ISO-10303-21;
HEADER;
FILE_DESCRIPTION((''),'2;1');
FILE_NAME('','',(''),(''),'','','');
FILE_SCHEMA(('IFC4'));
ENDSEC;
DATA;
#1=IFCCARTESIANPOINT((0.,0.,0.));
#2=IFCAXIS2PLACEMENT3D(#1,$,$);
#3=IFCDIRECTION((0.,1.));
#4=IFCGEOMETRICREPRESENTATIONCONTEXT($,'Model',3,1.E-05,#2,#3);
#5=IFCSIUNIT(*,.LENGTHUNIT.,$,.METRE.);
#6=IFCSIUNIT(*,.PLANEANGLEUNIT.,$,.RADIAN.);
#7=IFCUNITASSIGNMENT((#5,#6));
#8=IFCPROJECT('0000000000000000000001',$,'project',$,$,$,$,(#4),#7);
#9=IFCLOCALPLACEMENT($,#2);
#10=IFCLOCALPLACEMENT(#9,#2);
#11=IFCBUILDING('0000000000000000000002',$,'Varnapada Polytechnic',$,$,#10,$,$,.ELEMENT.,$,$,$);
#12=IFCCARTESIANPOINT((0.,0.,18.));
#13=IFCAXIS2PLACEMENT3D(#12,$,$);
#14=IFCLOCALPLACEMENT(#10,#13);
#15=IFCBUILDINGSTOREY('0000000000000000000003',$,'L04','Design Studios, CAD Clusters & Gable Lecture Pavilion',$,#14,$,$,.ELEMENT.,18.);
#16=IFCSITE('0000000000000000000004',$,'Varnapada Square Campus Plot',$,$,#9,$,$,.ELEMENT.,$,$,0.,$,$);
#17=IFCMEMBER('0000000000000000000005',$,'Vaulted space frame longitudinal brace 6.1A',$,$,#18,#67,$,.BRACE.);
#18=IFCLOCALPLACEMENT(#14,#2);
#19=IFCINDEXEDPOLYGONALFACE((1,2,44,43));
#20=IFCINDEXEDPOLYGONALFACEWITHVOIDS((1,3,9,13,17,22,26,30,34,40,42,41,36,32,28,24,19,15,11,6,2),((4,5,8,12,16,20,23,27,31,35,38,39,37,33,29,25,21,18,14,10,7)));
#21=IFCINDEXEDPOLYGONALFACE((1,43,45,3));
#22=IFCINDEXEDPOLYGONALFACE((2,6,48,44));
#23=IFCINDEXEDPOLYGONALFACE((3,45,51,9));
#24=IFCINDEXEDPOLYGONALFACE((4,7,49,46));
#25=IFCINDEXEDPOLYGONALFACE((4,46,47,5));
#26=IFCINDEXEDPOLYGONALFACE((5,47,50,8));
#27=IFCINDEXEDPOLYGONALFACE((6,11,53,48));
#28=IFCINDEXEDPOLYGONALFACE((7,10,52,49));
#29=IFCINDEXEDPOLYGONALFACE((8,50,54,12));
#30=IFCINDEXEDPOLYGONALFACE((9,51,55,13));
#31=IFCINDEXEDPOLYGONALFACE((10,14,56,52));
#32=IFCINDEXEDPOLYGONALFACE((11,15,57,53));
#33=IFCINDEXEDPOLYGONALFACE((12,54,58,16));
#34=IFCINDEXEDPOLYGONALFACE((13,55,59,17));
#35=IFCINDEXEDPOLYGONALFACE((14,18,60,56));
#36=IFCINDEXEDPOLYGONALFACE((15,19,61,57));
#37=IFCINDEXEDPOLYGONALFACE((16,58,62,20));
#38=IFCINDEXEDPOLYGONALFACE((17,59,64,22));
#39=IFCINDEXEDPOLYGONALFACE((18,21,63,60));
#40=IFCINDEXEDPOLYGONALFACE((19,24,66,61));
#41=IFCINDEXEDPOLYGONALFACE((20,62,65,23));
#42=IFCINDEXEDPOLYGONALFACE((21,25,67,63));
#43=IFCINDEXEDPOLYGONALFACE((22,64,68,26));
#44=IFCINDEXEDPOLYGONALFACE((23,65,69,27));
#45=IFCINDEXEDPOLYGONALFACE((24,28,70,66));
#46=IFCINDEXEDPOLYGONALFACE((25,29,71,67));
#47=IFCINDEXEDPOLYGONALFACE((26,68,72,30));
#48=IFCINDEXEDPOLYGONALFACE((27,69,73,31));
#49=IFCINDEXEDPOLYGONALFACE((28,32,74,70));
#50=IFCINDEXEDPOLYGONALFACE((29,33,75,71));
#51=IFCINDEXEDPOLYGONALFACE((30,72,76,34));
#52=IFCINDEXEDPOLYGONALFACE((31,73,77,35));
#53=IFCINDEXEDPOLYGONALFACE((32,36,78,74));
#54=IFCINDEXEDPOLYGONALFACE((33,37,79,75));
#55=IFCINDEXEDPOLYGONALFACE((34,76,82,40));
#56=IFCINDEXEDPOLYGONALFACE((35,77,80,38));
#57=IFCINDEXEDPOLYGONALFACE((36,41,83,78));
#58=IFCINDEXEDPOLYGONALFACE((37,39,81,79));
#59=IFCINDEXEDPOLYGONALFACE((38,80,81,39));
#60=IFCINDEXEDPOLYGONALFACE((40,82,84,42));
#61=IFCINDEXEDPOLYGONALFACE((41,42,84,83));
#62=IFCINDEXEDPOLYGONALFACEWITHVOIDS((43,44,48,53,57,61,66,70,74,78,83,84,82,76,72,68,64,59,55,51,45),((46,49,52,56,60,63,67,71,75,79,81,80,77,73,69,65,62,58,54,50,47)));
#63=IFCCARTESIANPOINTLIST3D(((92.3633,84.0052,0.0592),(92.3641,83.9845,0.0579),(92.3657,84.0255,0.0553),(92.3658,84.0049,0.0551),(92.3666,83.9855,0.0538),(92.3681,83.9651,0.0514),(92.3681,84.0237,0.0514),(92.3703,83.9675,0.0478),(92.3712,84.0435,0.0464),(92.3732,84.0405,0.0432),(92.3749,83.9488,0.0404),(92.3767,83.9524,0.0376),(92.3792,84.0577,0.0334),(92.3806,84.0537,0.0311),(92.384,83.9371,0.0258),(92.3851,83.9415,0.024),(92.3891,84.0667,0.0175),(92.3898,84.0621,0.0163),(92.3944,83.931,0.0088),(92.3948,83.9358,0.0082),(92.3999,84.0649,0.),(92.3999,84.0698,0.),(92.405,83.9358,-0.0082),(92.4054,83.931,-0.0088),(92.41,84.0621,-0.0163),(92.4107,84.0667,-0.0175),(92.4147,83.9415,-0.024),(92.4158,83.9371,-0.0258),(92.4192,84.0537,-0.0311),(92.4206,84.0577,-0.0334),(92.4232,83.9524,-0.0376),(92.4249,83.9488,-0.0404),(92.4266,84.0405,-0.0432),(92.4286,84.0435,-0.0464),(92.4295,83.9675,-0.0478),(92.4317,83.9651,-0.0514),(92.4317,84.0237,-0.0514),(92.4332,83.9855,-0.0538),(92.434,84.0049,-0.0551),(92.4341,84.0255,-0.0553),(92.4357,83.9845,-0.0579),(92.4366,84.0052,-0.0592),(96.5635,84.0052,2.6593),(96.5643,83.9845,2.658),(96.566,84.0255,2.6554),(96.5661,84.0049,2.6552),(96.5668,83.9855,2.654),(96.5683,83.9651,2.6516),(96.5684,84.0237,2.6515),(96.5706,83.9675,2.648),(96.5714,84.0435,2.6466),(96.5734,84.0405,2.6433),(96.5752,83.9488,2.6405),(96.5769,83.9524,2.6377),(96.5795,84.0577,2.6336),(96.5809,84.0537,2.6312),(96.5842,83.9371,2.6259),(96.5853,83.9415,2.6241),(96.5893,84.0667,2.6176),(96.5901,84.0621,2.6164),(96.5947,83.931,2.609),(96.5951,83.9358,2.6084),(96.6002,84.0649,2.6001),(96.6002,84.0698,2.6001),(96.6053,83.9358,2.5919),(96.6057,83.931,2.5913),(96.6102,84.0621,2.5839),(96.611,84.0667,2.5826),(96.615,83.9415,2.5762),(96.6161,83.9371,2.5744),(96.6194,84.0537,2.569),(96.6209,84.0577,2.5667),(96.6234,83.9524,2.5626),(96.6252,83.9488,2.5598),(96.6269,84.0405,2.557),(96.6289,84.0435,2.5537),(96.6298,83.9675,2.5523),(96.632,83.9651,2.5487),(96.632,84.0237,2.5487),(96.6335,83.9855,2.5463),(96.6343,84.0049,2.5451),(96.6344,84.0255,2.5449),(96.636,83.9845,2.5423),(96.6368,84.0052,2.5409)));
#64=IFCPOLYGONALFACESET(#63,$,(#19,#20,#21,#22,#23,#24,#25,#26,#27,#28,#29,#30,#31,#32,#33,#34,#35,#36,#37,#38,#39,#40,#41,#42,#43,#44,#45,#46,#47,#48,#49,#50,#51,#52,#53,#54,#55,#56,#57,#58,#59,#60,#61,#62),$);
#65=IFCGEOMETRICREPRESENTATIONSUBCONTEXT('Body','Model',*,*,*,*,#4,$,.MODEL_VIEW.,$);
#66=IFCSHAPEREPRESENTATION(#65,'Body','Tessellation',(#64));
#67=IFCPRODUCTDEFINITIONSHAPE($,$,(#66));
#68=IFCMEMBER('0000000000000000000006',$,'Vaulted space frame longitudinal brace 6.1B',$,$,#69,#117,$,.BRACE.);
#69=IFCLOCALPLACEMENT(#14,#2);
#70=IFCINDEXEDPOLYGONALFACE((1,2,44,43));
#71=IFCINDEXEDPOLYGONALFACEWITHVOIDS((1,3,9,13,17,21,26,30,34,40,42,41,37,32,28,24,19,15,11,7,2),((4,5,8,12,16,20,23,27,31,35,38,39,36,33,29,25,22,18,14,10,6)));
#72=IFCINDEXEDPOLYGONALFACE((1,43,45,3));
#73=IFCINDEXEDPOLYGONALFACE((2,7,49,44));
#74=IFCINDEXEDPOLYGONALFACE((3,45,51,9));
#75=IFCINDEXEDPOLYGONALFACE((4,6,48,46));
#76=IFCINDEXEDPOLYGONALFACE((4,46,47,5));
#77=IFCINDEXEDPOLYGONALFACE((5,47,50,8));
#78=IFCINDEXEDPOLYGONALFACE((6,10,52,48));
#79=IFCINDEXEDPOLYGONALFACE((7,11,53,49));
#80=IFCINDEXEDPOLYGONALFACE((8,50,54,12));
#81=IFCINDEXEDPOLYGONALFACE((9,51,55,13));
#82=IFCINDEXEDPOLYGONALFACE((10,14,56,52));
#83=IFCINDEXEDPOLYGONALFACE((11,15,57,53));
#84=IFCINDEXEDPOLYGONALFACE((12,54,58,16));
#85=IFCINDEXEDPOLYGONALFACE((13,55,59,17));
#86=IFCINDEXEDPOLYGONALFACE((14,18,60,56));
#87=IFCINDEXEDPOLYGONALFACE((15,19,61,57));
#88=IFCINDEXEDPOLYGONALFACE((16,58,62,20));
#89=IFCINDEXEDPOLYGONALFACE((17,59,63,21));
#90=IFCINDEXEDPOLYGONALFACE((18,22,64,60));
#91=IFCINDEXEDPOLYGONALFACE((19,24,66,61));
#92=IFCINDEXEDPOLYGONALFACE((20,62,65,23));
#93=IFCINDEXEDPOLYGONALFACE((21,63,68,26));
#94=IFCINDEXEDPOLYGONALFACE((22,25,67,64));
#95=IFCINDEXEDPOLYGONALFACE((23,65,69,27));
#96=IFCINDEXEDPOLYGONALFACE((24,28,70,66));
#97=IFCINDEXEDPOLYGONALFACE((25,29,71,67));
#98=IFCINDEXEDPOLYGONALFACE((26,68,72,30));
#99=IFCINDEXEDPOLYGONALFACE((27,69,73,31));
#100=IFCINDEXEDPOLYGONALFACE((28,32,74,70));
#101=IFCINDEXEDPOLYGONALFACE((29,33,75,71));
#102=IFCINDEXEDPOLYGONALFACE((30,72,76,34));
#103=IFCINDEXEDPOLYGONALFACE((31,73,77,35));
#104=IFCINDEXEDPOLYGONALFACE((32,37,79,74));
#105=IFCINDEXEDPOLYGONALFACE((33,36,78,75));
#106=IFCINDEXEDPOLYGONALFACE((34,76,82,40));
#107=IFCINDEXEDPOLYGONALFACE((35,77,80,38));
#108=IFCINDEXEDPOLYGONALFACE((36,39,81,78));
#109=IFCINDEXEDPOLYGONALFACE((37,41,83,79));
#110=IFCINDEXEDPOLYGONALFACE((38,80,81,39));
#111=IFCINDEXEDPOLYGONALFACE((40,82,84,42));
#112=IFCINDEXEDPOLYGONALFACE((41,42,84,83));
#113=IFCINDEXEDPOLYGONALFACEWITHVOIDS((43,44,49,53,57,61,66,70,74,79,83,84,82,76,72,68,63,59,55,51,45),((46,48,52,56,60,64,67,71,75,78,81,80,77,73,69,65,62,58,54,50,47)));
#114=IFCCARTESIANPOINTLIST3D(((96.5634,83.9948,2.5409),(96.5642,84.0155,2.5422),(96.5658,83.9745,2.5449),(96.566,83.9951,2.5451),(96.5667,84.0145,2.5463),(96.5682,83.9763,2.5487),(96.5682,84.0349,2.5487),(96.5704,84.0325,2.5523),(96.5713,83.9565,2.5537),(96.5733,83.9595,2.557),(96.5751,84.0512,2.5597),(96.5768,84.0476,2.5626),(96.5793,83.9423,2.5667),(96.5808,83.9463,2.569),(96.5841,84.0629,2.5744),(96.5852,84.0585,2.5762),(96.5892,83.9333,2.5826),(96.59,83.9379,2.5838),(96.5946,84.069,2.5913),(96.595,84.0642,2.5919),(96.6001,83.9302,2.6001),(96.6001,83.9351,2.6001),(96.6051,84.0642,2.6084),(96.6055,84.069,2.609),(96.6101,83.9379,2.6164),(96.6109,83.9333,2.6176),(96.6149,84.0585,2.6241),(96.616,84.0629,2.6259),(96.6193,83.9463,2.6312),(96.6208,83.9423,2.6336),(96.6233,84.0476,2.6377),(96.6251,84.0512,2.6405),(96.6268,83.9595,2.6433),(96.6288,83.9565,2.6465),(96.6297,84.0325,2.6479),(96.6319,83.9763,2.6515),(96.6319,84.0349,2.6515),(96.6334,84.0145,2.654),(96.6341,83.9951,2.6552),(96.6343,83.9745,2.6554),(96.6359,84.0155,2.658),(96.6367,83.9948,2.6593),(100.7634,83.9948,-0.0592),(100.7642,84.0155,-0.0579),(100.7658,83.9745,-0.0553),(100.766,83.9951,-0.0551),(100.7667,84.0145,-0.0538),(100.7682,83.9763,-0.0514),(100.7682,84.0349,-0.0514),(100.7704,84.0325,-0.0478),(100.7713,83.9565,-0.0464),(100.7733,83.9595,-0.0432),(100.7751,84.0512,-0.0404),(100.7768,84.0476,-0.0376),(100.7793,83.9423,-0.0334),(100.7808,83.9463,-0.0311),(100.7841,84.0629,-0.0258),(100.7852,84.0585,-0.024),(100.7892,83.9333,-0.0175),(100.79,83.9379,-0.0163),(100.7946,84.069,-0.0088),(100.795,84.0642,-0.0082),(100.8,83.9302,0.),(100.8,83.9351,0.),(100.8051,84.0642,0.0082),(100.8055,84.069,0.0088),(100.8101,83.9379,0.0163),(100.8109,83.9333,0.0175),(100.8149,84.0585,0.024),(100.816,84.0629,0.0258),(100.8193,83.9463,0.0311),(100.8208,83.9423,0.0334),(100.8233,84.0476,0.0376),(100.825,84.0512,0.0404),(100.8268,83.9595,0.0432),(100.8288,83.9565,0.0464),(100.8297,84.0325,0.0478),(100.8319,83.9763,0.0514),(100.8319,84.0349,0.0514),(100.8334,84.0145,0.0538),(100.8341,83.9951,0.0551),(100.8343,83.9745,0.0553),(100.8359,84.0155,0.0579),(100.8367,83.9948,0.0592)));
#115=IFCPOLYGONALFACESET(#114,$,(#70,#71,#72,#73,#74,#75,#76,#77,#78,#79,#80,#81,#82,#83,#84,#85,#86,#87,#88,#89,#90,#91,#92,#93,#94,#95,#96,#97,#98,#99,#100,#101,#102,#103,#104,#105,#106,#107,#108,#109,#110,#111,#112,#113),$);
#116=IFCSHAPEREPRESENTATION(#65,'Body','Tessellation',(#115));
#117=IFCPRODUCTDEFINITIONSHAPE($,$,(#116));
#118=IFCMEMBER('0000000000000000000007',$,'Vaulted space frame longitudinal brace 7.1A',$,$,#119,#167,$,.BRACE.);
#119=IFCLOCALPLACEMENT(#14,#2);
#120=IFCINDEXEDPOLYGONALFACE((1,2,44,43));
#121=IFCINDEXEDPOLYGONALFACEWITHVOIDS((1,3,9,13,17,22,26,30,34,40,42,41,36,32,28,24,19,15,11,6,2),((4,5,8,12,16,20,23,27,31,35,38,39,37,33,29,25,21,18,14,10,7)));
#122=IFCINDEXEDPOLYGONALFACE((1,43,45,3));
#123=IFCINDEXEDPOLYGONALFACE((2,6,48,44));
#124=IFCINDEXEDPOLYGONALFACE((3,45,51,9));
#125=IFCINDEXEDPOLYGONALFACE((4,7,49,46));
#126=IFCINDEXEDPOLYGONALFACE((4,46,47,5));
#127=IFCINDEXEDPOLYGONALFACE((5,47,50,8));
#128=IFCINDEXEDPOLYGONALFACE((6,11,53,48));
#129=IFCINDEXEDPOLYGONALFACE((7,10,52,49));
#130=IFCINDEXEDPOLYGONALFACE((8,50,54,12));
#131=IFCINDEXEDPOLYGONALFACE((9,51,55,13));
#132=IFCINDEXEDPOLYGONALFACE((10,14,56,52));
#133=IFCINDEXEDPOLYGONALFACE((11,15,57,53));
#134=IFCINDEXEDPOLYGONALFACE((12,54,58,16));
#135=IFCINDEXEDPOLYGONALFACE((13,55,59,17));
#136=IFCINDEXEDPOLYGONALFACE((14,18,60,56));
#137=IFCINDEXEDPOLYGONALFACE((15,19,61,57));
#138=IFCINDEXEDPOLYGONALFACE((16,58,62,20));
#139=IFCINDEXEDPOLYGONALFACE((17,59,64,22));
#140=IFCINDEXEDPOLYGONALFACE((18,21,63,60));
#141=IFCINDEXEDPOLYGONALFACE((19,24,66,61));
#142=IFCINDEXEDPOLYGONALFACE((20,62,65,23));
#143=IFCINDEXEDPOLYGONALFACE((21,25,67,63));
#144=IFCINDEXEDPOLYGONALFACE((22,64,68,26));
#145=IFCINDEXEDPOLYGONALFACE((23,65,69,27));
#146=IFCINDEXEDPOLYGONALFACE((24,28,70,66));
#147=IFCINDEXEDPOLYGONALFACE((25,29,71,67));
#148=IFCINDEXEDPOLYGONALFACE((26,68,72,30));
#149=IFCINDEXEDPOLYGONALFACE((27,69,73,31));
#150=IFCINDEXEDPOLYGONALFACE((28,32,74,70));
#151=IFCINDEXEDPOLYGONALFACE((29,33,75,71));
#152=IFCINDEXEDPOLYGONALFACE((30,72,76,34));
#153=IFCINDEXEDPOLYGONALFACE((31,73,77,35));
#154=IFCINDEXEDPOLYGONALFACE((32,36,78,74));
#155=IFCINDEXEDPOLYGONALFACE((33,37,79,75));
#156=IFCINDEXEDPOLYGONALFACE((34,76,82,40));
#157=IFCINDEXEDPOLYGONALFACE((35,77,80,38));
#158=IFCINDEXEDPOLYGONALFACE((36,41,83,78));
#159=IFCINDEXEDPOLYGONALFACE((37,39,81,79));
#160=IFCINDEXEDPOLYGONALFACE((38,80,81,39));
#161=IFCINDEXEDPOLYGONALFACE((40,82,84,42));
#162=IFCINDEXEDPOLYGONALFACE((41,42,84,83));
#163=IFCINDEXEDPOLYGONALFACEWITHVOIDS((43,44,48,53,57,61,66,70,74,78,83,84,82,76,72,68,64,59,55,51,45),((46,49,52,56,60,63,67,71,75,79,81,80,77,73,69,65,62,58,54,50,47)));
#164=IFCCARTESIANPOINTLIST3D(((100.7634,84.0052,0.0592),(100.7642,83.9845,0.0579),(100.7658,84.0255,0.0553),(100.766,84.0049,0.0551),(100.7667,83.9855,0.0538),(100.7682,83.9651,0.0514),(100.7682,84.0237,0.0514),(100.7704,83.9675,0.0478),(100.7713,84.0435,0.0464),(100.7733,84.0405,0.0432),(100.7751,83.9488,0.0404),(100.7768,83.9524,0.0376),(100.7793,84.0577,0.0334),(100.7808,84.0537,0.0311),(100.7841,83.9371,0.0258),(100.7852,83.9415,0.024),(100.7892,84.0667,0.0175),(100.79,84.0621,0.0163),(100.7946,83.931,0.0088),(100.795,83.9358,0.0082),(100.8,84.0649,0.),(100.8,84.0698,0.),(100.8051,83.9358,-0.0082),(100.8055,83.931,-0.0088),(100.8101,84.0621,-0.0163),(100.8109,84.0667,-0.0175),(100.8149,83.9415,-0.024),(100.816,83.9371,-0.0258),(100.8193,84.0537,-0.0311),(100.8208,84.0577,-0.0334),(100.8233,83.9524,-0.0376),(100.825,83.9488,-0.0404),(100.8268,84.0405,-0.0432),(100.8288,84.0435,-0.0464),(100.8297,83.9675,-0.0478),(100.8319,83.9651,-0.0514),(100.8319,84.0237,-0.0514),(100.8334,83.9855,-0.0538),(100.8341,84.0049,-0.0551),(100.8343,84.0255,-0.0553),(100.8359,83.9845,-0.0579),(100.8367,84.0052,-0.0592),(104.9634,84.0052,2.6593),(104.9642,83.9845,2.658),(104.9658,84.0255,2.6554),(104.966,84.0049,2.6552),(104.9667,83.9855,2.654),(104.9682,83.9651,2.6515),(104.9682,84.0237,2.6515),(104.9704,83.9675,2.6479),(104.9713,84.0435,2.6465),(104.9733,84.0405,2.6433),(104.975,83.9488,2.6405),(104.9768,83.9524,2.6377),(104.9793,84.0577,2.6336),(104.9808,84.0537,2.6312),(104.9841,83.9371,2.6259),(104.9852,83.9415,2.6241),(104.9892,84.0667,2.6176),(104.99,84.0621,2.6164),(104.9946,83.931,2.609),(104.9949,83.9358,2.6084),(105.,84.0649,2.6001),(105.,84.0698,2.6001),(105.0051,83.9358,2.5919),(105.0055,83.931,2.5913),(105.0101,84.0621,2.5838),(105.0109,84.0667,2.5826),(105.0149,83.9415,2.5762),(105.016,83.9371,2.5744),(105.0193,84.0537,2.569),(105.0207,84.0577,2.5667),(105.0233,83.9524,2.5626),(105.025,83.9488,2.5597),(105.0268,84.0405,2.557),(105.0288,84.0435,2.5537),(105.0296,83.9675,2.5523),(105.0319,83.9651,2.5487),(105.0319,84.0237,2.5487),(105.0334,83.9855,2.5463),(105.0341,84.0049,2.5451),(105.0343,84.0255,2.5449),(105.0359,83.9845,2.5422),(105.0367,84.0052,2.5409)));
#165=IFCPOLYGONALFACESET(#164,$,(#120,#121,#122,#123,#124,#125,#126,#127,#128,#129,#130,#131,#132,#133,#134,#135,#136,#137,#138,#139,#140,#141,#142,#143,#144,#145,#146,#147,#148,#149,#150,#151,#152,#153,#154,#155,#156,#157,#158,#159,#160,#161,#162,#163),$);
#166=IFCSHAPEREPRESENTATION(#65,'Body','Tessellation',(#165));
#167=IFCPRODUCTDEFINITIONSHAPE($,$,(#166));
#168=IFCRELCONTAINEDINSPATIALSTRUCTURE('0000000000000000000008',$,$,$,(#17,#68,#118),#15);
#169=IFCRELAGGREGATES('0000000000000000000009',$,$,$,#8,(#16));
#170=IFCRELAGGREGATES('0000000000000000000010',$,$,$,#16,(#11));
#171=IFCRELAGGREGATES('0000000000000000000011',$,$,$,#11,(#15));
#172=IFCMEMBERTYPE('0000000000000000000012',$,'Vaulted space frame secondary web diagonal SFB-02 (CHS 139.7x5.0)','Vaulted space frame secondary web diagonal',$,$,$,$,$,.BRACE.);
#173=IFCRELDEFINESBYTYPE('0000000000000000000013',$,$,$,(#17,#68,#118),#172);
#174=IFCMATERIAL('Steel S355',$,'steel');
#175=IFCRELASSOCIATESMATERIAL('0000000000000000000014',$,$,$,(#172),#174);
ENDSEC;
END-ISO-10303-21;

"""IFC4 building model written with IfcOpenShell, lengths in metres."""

from ifc_helpers import new_model, si_unit, direction, frame, origin, origin_2d, place, context, subcontext, project, spatial, hollow_circle, extrude, material, material_profile, profile_set, type_object, element, save


model = new_model("IFC4")

# Units and contexts
model_context = context("Model", 3, precision=1e-05, world=origin(), true_north=direction((0.0, 1.0)))
body_context = subcontext(model_context, "Body", "Model", "MODEL_VIEW")
ifc_project = project(units=[si_unit("LENGTHUNIT", "METRE"), si_unit("PLANEANGLEUNIT", "RADIAN")], contexts=[model_context])

# Site, building, storey
site_placement = place(None, origin())
site = spatial("IfcSite", under=ifc_project, at=site_placement, Name="Varnapada Square Campus Plot", CompositionType="ELEMENT", RefElevation=0.0)
building_placement = place(site_placement, origin())
building = spatial("IfcBuilding", under=site, at=building_placement, Name="Varnapada Polytechnic", CompositionType="ELEMENT")
storey_placement = place(building_placement, frame((0.0, 0.0, 18.0)))
storey = spatial("IfcBuildingStorey", under=building, at=storey_placement, Name="L04", Description="Design Studios, CAD Clusters & Gable Lecture Pavilion", CompositionType="ELEMENT", Elevation=18.0)

# Shared definitions
ifc_material = material(Name="Steel S355", Category="steel")

# Members
ifc_material_profile_1 = material_profile(ifc_material, hollow_circle(Radius=0.0698, WallThickness=0.0049, at=origin_2d()), Name="CHS 139.7x5.0")
ifc_profile_set_1 = profile_set([ifc_material_profile_1], Name="Steel S355")
member_type_1 = type_object("IfcMemberType", Name="Vaulted space frame secondary web diagonal SFB-02 (CHS 139.7x5.0)", Description="Vaulted space frame secondary web diagonal", PredefinedType="BRACE", material=ifc_profile_set_1)
member_1_placement = place(storey_placement, frame((92.3999, 84.0, 0.0), z_axis=(0.850267, 0.0, 0.526351), x_axis=(0.0, 1.0, 0.0)))
element("IfcMember", 1, at=member_1_placement, inside=storey, type_object=member_type_1, Name="Vaulted space frame longitudinal brace 6.1A", PredefinedType="BRACE", context=body_context, shape_type="SweptSolid", body=[
    extrude(hollow_circle(Radius=0.0698, WallThickness=0.0049, at=origin_2d()), origin(), (0.0, 0.0, 1.0), 4.9399),
])
for number, where, z_axis, x_axis, name in (
    (2, (100.8, 84.0, 0.0), (-0.850254, 0.0, 0.526373), (0.0, -1.0, 0.0), "Vaulted space frame longitudinal brace 6.1B"),
    (3, (100.8, 84.0, 0.0), (0.850254, 0.0, 0.526373), (0.0, 1.0, 0.0), "Vaulted space frame longitudinal brace 7.1A"),
):
    element("IfcMember", number, at=place(storey_placement, frame(where, z_axis=z_axis, x_axis=x_axis)), inside=storey, type_object=member_type_1, Name=name, PredefinedType="BRACE", context=body_context, shape_type="SweptSolid", body=[
        extrude(hollow_circle(Radius=0.0698, WallThickness=0.0049, at=origin_2d()), origin(), (0.0, 0.0, 1.0), 4.9397),
    ])

save(model, "model.ifc")
